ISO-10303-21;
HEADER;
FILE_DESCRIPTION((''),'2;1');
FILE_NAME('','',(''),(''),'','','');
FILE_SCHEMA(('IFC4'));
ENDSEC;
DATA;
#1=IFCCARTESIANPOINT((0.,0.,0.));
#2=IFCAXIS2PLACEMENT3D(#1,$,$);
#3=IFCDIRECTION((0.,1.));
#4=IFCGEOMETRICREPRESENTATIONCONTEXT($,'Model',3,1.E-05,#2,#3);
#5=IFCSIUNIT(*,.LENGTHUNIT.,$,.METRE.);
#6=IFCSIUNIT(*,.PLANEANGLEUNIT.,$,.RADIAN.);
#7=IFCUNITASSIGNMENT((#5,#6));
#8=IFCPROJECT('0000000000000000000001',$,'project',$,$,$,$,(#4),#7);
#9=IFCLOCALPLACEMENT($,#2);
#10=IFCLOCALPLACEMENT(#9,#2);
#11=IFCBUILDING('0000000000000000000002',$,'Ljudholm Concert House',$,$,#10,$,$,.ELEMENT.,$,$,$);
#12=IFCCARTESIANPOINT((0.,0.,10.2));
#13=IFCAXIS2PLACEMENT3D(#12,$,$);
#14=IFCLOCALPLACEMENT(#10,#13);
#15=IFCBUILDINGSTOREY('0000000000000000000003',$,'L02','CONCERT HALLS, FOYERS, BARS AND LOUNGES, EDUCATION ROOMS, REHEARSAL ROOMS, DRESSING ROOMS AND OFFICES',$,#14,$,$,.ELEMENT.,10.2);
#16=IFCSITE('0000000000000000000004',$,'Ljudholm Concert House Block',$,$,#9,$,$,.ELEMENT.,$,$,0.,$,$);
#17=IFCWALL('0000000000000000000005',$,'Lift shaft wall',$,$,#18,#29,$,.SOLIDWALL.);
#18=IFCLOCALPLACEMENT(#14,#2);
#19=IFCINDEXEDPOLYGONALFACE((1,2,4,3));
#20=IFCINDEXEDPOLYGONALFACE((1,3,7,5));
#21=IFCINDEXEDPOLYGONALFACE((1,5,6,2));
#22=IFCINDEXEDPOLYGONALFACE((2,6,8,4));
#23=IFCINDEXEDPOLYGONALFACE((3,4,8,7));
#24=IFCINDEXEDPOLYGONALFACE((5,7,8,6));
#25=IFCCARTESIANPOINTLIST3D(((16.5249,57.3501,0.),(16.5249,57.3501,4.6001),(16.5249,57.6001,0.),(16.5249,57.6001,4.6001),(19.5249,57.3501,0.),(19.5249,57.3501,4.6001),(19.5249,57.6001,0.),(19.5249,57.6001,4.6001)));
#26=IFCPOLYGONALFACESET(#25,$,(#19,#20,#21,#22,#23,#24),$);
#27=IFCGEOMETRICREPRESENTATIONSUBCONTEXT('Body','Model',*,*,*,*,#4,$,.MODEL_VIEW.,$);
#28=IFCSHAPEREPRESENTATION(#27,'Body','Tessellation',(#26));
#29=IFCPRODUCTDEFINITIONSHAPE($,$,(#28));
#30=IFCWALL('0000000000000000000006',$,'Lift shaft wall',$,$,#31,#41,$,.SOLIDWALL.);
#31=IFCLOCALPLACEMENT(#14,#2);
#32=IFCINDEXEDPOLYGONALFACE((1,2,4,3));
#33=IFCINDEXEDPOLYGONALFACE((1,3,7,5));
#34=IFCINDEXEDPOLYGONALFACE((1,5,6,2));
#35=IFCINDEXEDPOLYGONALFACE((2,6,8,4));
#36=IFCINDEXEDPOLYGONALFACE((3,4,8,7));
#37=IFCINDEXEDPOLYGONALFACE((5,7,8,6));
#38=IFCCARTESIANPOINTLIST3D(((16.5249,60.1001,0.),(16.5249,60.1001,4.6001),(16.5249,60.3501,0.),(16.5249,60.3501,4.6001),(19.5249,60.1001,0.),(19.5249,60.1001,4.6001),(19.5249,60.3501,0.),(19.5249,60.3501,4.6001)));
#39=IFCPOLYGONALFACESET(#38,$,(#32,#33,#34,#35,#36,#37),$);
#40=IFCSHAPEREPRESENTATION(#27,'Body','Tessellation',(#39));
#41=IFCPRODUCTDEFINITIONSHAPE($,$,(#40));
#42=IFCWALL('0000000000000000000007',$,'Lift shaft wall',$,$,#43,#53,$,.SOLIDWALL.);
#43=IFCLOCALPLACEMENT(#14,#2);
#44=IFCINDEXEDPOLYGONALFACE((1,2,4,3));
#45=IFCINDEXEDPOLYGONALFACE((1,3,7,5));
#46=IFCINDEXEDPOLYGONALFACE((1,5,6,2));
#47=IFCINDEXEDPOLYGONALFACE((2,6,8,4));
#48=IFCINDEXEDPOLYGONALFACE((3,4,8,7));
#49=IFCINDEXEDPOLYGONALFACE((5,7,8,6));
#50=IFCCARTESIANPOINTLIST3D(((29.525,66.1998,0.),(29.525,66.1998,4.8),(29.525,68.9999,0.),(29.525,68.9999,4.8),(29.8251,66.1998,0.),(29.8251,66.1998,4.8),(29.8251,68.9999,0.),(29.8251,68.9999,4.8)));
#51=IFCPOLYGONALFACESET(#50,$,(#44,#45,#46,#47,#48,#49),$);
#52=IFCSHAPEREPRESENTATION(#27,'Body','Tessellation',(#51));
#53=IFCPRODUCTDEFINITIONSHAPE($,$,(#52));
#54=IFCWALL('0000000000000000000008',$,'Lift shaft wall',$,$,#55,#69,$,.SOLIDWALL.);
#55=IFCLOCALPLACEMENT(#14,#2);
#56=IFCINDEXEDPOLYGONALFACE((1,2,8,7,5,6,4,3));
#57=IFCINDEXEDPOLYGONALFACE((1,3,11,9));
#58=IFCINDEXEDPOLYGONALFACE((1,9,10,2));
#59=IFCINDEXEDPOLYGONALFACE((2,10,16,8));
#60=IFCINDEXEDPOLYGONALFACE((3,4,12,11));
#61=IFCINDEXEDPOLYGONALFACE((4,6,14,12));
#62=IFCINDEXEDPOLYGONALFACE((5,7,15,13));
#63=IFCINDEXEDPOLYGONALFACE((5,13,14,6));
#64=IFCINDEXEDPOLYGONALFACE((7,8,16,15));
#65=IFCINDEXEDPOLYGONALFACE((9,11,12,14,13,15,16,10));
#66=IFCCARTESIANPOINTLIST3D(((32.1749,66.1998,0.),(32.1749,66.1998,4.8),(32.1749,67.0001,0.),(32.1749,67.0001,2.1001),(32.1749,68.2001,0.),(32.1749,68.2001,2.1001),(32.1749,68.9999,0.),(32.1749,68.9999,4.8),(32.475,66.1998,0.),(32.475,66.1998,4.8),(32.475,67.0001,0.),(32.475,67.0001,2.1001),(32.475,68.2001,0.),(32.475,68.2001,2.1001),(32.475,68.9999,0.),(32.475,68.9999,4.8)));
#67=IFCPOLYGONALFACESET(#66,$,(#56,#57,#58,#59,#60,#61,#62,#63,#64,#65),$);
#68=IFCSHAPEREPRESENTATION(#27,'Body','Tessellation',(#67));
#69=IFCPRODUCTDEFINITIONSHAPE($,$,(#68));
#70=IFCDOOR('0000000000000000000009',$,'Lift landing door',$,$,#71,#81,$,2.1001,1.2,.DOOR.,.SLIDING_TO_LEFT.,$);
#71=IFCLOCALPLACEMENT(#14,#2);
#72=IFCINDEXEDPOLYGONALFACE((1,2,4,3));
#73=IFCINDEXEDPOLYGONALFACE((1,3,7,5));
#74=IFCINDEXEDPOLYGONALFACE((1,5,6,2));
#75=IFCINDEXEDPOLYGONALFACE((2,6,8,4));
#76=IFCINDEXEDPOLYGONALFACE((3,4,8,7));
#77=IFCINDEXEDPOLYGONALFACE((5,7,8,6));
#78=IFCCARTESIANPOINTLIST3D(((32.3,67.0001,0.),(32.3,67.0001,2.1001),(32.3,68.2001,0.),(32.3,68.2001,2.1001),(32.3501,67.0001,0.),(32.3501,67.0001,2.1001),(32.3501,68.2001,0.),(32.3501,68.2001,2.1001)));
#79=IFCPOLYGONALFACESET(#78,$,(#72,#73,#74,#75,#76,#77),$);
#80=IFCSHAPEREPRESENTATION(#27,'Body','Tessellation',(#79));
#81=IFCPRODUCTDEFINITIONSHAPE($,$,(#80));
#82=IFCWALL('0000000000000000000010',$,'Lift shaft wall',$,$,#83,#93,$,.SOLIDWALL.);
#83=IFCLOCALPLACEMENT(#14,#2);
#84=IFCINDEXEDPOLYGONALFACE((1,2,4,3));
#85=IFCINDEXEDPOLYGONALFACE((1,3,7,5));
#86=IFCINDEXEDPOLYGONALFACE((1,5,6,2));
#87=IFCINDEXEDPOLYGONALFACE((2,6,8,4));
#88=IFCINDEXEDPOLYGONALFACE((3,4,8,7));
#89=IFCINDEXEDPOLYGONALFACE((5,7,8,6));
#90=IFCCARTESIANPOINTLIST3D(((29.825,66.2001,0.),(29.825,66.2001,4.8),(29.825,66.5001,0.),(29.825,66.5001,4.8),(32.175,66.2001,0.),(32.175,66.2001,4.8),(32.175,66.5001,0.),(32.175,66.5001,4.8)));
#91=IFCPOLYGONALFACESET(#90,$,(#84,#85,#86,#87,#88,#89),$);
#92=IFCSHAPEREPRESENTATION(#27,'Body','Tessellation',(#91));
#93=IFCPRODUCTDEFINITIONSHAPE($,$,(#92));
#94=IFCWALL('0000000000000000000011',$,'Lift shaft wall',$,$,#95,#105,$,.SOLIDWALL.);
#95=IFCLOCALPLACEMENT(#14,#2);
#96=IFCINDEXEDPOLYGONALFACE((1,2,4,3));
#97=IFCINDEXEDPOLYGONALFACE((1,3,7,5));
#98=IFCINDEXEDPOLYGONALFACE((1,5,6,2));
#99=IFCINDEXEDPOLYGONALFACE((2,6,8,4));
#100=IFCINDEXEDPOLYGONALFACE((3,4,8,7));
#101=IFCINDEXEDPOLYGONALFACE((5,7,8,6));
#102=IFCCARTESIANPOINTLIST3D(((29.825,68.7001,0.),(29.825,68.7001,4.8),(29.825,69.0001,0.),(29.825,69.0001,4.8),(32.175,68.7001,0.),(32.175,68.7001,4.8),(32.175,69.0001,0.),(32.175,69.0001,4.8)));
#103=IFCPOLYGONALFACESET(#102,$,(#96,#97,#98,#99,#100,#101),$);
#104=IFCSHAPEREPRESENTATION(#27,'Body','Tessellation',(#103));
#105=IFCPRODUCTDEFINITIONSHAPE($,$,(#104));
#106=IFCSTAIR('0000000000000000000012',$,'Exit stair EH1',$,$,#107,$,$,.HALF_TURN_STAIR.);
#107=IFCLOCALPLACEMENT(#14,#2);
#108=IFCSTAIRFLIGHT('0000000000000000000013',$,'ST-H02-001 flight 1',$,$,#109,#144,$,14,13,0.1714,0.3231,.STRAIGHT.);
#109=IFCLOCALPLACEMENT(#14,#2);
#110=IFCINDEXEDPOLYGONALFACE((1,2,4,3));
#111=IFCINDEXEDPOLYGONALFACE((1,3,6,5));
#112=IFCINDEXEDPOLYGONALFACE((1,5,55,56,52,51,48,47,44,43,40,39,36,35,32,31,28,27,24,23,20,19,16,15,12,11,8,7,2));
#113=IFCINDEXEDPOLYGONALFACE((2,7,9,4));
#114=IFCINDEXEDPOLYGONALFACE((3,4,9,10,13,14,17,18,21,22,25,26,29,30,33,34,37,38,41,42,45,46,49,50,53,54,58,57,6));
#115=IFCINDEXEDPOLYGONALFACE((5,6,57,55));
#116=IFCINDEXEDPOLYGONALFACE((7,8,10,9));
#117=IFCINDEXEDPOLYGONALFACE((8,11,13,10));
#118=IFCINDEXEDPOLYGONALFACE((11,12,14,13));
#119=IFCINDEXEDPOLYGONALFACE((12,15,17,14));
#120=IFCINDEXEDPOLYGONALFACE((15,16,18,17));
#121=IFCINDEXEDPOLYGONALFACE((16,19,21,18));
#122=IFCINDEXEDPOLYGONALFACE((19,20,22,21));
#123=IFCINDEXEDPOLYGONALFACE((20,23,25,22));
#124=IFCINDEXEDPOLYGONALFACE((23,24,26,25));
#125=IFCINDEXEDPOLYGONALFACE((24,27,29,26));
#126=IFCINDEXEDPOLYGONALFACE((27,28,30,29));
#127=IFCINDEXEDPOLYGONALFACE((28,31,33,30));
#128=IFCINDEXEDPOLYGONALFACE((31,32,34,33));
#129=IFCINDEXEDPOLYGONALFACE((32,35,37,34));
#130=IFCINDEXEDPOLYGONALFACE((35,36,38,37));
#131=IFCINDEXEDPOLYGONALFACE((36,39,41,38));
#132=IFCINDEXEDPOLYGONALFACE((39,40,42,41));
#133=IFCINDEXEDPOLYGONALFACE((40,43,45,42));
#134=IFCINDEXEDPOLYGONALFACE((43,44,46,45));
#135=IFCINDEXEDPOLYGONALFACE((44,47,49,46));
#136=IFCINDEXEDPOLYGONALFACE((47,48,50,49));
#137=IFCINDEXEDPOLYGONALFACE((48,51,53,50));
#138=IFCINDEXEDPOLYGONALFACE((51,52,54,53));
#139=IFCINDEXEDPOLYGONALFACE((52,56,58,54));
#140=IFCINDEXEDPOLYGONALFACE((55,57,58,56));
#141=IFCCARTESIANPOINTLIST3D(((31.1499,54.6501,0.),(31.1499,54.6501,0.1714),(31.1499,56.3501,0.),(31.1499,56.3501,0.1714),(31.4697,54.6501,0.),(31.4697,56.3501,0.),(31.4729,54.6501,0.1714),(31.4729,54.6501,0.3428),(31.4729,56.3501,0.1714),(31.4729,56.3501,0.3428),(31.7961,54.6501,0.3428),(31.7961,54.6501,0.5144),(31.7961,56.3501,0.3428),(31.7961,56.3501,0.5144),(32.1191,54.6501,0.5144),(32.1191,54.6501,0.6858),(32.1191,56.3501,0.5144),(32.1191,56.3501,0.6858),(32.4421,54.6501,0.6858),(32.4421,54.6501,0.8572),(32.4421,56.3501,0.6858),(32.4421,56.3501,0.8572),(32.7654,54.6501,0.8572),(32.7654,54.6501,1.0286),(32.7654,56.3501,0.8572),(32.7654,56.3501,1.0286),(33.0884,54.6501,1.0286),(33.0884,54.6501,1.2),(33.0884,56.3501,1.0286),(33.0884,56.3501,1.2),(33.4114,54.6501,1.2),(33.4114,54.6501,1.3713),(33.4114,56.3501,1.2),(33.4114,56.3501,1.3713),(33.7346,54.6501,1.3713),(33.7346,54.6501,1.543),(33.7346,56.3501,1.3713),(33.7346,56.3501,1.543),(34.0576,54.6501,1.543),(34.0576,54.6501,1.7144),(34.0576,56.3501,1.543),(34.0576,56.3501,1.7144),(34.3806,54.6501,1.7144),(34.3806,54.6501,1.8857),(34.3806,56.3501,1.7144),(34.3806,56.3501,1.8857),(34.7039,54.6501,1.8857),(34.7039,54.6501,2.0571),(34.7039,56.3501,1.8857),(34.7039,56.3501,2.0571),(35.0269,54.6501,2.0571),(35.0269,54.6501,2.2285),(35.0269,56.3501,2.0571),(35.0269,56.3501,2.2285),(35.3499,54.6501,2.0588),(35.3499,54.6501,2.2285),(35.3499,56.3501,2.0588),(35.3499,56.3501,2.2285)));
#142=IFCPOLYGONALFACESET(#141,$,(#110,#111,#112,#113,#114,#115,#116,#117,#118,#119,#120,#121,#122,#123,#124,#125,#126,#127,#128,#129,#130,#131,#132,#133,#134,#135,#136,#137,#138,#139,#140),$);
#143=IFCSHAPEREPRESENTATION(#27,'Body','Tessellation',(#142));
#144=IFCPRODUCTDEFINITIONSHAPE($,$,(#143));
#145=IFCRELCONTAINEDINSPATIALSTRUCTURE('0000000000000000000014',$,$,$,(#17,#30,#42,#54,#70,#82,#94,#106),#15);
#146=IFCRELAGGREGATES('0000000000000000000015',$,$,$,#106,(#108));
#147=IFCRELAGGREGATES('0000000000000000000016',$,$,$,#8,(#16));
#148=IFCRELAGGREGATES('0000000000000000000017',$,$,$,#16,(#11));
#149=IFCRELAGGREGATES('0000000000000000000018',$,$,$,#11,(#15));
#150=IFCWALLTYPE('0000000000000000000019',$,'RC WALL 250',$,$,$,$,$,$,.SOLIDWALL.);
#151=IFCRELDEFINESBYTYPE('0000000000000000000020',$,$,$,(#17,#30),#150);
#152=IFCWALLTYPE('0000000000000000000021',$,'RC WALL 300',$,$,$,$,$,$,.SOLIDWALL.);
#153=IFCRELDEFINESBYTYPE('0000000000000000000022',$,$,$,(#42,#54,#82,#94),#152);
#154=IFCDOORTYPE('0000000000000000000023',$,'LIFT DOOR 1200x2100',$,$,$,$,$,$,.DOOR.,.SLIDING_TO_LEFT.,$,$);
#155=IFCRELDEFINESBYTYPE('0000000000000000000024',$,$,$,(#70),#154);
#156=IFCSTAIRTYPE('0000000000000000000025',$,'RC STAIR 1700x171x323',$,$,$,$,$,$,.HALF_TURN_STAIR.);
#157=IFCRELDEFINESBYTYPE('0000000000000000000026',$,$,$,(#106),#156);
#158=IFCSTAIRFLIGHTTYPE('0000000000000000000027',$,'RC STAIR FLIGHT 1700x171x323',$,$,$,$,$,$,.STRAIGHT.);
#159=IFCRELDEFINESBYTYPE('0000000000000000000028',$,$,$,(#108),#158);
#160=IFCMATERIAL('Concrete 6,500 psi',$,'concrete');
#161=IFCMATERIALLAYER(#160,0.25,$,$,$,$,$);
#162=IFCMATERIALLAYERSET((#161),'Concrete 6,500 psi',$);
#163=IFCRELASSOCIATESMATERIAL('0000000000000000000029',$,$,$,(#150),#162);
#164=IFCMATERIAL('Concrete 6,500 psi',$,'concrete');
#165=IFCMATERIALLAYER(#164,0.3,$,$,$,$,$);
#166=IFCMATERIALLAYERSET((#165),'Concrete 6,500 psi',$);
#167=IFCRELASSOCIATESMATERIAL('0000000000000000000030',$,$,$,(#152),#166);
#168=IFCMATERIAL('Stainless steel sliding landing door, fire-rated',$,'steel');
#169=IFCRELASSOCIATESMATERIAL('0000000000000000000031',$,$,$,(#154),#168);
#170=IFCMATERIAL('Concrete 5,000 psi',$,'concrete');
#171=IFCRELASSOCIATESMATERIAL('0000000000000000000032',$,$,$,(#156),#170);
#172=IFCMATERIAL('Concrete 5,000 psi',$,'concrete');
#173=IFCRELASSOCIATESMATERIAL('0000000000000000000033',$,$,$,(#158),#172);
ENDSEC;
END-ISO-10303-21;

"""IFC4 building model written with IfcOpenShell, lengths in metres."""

from ifc_helpers import new_model, si_unit, direction, frame, frame_2d, origin, place, context, subcontext, project, spatial, polyline, rectangle, outline, extrude, material, layer, layer_set, type_object, element, fill, aggregate, save


model = new_model("IFC4")

# Units and contexts
model_context = context("Model", 3, precision=1e-05, world=origin(), true_north=direction((0.0, 1.0)))
body_context = subcontext(model_context, "Body", "Model", "MODEL_VIEW")
ifc_project = project(units=[si_unit("LENGTHUNIT", "METRE"), si_unit("PLANEANGLEUNIT", "RADIAN")], contexts=[model_context])

# Site, building, storey
site_placement = place(None, origin())
site = spatial("IfcSite", under=ifc_project, at=site_placement, Name="Ljudholm Concert House Block", CompositionType="ELEMENT", RefElevation=0.0)
building_placement = place(site_placement, origin())
building = spatial("IfcBuilding", under=site, at=building_placement, Name="Ljudholm Concert House", CompositionType="ELEMENT")
storey_placement = place(building_placement, frame((0.0, 0.0, 10.2)))
storey = spatial("IfcBuildingStorey", under=building, at=storey_placement, Name="L02", Description="CONCERT HALLS, FOYERS, BARS AND LOUNGES, EDUCATION ROOMS, REHEARSAL ROOMS, DRESSING ROOMS AND OFFICES", CompositionType="ELEMENT", Elevation=10.2)

# Shared definitions
ifc_material_1 = material(Name="Concrete 6,500 psi", Category="concrete")
ifc_layer_1 = layer(ifc_material_1, 0.25)
ifc_layer_set_1 = layer_set([ifc_layer_1], Name="Concrete 6,500 psi")
wall_type_1 = type_object("IfcWallType", Name="RC WALL 250", PredefinedType="SOLIDWALL", material=ifc_layer_set_1)

# Walls
for number, where, z_axis, x_axis, name in (
    (1, (16.5249, 57.4751, 0.0), (0.0, 0.0, 1.0), (1.0, 0.0, 0.0), "Lift shaft wall"),
    (2, (16.5249, 60.2251, 0.0), (0.0, 0.0, 1.0), (1.0, 0.0, 0.0), "Lift shaft wall"),
):
    element("IfcWall", number, at=place(storey_placement, frame(where, z_axis=z_axis, x_axis=x_axis)), inside=storey, type_object=wall_type_1, Name=name, PredefinedType="SOLIDWALL", context=body_context, shape_type="SweptSolid", body=[
        extrude(rectangle(XDim=3.0, YDim=0.25, at=frame_2d((1.5, 0.0))), origin(), (0.0, 0.0, 1.0), 4.6001),
    ])
ifc_material_2 = material(Name="Concrete 6,500 psi", Category="concrete")
ifc_layer_2 = layer(ifc_material_2, 0.3)
ifc_layer_set_2 = layer_set([ifc_layer_2], Name="Concrete 6,500 psi")
wall_type_2 = type_object("IfcWallType", Name="RC WALL 300", PredefinedType="SOLIDWALL", material=ifc_layer_set_2)
wall_1_placement = place(storey_placement, frame((29.675, 66.2, 0.0), z_axis=(0.0, 0.0, 1.0), x_axis=(0.0, 1.0, 0.0)))
element("IfcWall", 3, at=wall_1_placement, inside=storey, type_object=wall_type_2, Name="Lift shaft wall", PredefinedType="SOLIDWALL", context=body_context, shape_type="SweptSolid", body=[
    extrude(rectangle(XDim=2.8, YDim=0.3, at=frame_2d((1.3999, 0.0))), origin(), (0.0, 0.0, 1.0), 4.8),
])

# Wall, opening, door
wall_2_placement = place(storey_placement, frame((32.325, 66.2, 0.0), z_axis=(0.0, 0.0, 1.0), x_axis=(0.0, 1.0, 0.0)))
wall_2 = element("IfcWall", 4, at=wall_2_placement, inside=storey, type_object=wall_type_2, Name="Lift shaft wall", PredefinedType="SOLIDWALL", context=body_context, shape_type="SweptSolid", body=[
    extrude(rectangle(XDim=2.8, YDim=0.3, at=frame_2d((1.3999, 0.0))), origin(), (0.0, 0.0, 1.0), 4.8),
])
opening_1_placement = place(wall_2_placement, frame((0.8, 0.0, 0.0)))
opening_1 = element("IfcOpeningElement", 5, at=opening_1_placement, cuts=wall_2, PredefinedType="OPENING", context=body_context, shape_type="SweptSolid", body=[
    extrude(rectangle(XDim=1.2, YDim=2.1001, at=frame_2d((0.6001, 1.05))), frame((0.0, 0.1599, 0.0), z_axis=(0.0, -1.0, 0.0), x_axis=(1.0, 0.0, 0.0)), (0.0, 0.0, 1.0), 0.3201),
])
ifc_material_3 = material(Name="Stainless steel sliding landing door, fire-rated", Category="steel")
door_type_1 = type_object("IfcDoorType", Name="LIFT DOOR 1200x2100", OperationType="SLIDING_TO_LEFT", PredefinedType="DOOR", material=ifc_material_3)
door_1_placement = place(opening_1_placement, origin())
door_1 = element("IfcDoor", 6, at=door_1_placement, inside=storey, type_object=door_type_1, Name="Lift landing door", OperationType="SLIDING_TO_LEFT", OverallHeight=2.1001, OverallWidth=1.2, PredefinedType="DOOR", context=body_context, shape_type="SweptSolid", body=[
    extrude(rectangle(XDim=1.2, YDim=2.1001, at=frame_2d((0.6001, 1.05))), frame((0.0, 0.0249, 0.0), z_axis=(0.0, -1.0, 0.0), x_axis=(1.0, 0.0, 0.0)), (0.0, 0.0, 1.0), 0.05),
])
fill(opening_1, door_1)

# Walls
for number, where, z_axis, x_axis, name in (
    (7, (29.825, 66.3501, 0.0), (0.0, 0.0, 1.0), (1.0, 0.0, 0.0), "Lift shaft wall"),
    (8, (29.825, 68.8501, 0.0), (0.0, 0.0, 1.0), (1.0, 0.0, 0.0), "Lift shaft wall"),
):
    element("IfcWall", number, at=place(storey_placement, frame(where, z_axis=z_axis, x_axis=x_axis)), inside=storey, type_object=wall_type_2, Name=name, PredefinedType="SOLIDWALL", context=body_context, shape_type="SweptSolid", body=[
        extrude(rectangle(XDim=2.3501, YDim=0.3, at=frame_2d((1.175, 0.0))), origin(), (0.0, 0.0, 1.0), 4.8),
    ])

# Stair, stair flight
ifc_material_4 = material(Name="Concrete 5,000 psi", Category="concrete")
stair_type = type_object("IfcStairType", Name="RC STAIR 1700x171x323", PredefinedType="HALF_TURN_STAIR", material=ifc_material_4)
stair_placement = place(storey_placement, origin())
stair = element("IfcStair", 9, at=stair_placement, inside=storey, type_object=stair_type, Name="Exit stair EH1", PredefinedType="HALF_TURN_STAIR")
ifc_material_5 = material(Name="Concrete 5,000 psi", Category="concrete")
stair_flight_type = type_object("IfcStairFlightType", Name="RC STAIR FLIGHT 1700x171x323", PredefinedType="STRAIGHT", material=ifc_material_5)
stair_flight_placement = place(storey_placement, frame((31.1499, 55.5, 0.0), z_axis=(0.0, 0.0, 1.0), x_axis=(1.0, 0.0, 0.0)))
stair_flight = element("IfcStairFlight", 10, at=stair_flight_placement, type_object=stair_flight_type, Name="ST-H02-001 flight 1", NumberOfRisers=14, NumberOfTreads=13, PredefinedType="STRAIGHT", RiserHeight=0.1714, TreadLength=0.3231, context=body_context, shape_type="SweptSolid", body=[
    extrude(outline(polyline([(0.0, 0.0), (0.0, 0.1714), (0.323, 0.1714), (0.323, 0.3428), (0.6462, 0.3428), (0.6462, 0.5144), (0.9692, 0.5144), (0.9692, 0.6858), (1.2922, 0.6858), (1.2922, 0.8572), (1.6155, 0.8572), (1.6155, 1.0286), (1.9385, 1.0286), (1.9385, 1.2), (2.2615, 1.2), (2.2615, 1.3713), (2.5847, 1.3713), (2.5847, 1.543), (2.9077, 1.543), (2.9077, 1.7144), (3.2307, 1.7144), (3.2307, 1.8857), (3.554, 1.8857), (3.554, 2.0571), (3.877, 2.0571), (3.877, 2.2285), (4.2, 2.2285), (4.2, 2.3999), (4.2, 2.0588), (0.3198, 0.0), (0.0, 0.0)])), frame((0.0, 0.8501, 0.0), z_axis=(0.0, -1.0, 0.0), x_axis=(1.0, 0.0, 0.0)), (0.0, 0.0, 1.0), 1.7),
])
aggregate(stair, [stair_flight])

save(model, "model.ifc")
